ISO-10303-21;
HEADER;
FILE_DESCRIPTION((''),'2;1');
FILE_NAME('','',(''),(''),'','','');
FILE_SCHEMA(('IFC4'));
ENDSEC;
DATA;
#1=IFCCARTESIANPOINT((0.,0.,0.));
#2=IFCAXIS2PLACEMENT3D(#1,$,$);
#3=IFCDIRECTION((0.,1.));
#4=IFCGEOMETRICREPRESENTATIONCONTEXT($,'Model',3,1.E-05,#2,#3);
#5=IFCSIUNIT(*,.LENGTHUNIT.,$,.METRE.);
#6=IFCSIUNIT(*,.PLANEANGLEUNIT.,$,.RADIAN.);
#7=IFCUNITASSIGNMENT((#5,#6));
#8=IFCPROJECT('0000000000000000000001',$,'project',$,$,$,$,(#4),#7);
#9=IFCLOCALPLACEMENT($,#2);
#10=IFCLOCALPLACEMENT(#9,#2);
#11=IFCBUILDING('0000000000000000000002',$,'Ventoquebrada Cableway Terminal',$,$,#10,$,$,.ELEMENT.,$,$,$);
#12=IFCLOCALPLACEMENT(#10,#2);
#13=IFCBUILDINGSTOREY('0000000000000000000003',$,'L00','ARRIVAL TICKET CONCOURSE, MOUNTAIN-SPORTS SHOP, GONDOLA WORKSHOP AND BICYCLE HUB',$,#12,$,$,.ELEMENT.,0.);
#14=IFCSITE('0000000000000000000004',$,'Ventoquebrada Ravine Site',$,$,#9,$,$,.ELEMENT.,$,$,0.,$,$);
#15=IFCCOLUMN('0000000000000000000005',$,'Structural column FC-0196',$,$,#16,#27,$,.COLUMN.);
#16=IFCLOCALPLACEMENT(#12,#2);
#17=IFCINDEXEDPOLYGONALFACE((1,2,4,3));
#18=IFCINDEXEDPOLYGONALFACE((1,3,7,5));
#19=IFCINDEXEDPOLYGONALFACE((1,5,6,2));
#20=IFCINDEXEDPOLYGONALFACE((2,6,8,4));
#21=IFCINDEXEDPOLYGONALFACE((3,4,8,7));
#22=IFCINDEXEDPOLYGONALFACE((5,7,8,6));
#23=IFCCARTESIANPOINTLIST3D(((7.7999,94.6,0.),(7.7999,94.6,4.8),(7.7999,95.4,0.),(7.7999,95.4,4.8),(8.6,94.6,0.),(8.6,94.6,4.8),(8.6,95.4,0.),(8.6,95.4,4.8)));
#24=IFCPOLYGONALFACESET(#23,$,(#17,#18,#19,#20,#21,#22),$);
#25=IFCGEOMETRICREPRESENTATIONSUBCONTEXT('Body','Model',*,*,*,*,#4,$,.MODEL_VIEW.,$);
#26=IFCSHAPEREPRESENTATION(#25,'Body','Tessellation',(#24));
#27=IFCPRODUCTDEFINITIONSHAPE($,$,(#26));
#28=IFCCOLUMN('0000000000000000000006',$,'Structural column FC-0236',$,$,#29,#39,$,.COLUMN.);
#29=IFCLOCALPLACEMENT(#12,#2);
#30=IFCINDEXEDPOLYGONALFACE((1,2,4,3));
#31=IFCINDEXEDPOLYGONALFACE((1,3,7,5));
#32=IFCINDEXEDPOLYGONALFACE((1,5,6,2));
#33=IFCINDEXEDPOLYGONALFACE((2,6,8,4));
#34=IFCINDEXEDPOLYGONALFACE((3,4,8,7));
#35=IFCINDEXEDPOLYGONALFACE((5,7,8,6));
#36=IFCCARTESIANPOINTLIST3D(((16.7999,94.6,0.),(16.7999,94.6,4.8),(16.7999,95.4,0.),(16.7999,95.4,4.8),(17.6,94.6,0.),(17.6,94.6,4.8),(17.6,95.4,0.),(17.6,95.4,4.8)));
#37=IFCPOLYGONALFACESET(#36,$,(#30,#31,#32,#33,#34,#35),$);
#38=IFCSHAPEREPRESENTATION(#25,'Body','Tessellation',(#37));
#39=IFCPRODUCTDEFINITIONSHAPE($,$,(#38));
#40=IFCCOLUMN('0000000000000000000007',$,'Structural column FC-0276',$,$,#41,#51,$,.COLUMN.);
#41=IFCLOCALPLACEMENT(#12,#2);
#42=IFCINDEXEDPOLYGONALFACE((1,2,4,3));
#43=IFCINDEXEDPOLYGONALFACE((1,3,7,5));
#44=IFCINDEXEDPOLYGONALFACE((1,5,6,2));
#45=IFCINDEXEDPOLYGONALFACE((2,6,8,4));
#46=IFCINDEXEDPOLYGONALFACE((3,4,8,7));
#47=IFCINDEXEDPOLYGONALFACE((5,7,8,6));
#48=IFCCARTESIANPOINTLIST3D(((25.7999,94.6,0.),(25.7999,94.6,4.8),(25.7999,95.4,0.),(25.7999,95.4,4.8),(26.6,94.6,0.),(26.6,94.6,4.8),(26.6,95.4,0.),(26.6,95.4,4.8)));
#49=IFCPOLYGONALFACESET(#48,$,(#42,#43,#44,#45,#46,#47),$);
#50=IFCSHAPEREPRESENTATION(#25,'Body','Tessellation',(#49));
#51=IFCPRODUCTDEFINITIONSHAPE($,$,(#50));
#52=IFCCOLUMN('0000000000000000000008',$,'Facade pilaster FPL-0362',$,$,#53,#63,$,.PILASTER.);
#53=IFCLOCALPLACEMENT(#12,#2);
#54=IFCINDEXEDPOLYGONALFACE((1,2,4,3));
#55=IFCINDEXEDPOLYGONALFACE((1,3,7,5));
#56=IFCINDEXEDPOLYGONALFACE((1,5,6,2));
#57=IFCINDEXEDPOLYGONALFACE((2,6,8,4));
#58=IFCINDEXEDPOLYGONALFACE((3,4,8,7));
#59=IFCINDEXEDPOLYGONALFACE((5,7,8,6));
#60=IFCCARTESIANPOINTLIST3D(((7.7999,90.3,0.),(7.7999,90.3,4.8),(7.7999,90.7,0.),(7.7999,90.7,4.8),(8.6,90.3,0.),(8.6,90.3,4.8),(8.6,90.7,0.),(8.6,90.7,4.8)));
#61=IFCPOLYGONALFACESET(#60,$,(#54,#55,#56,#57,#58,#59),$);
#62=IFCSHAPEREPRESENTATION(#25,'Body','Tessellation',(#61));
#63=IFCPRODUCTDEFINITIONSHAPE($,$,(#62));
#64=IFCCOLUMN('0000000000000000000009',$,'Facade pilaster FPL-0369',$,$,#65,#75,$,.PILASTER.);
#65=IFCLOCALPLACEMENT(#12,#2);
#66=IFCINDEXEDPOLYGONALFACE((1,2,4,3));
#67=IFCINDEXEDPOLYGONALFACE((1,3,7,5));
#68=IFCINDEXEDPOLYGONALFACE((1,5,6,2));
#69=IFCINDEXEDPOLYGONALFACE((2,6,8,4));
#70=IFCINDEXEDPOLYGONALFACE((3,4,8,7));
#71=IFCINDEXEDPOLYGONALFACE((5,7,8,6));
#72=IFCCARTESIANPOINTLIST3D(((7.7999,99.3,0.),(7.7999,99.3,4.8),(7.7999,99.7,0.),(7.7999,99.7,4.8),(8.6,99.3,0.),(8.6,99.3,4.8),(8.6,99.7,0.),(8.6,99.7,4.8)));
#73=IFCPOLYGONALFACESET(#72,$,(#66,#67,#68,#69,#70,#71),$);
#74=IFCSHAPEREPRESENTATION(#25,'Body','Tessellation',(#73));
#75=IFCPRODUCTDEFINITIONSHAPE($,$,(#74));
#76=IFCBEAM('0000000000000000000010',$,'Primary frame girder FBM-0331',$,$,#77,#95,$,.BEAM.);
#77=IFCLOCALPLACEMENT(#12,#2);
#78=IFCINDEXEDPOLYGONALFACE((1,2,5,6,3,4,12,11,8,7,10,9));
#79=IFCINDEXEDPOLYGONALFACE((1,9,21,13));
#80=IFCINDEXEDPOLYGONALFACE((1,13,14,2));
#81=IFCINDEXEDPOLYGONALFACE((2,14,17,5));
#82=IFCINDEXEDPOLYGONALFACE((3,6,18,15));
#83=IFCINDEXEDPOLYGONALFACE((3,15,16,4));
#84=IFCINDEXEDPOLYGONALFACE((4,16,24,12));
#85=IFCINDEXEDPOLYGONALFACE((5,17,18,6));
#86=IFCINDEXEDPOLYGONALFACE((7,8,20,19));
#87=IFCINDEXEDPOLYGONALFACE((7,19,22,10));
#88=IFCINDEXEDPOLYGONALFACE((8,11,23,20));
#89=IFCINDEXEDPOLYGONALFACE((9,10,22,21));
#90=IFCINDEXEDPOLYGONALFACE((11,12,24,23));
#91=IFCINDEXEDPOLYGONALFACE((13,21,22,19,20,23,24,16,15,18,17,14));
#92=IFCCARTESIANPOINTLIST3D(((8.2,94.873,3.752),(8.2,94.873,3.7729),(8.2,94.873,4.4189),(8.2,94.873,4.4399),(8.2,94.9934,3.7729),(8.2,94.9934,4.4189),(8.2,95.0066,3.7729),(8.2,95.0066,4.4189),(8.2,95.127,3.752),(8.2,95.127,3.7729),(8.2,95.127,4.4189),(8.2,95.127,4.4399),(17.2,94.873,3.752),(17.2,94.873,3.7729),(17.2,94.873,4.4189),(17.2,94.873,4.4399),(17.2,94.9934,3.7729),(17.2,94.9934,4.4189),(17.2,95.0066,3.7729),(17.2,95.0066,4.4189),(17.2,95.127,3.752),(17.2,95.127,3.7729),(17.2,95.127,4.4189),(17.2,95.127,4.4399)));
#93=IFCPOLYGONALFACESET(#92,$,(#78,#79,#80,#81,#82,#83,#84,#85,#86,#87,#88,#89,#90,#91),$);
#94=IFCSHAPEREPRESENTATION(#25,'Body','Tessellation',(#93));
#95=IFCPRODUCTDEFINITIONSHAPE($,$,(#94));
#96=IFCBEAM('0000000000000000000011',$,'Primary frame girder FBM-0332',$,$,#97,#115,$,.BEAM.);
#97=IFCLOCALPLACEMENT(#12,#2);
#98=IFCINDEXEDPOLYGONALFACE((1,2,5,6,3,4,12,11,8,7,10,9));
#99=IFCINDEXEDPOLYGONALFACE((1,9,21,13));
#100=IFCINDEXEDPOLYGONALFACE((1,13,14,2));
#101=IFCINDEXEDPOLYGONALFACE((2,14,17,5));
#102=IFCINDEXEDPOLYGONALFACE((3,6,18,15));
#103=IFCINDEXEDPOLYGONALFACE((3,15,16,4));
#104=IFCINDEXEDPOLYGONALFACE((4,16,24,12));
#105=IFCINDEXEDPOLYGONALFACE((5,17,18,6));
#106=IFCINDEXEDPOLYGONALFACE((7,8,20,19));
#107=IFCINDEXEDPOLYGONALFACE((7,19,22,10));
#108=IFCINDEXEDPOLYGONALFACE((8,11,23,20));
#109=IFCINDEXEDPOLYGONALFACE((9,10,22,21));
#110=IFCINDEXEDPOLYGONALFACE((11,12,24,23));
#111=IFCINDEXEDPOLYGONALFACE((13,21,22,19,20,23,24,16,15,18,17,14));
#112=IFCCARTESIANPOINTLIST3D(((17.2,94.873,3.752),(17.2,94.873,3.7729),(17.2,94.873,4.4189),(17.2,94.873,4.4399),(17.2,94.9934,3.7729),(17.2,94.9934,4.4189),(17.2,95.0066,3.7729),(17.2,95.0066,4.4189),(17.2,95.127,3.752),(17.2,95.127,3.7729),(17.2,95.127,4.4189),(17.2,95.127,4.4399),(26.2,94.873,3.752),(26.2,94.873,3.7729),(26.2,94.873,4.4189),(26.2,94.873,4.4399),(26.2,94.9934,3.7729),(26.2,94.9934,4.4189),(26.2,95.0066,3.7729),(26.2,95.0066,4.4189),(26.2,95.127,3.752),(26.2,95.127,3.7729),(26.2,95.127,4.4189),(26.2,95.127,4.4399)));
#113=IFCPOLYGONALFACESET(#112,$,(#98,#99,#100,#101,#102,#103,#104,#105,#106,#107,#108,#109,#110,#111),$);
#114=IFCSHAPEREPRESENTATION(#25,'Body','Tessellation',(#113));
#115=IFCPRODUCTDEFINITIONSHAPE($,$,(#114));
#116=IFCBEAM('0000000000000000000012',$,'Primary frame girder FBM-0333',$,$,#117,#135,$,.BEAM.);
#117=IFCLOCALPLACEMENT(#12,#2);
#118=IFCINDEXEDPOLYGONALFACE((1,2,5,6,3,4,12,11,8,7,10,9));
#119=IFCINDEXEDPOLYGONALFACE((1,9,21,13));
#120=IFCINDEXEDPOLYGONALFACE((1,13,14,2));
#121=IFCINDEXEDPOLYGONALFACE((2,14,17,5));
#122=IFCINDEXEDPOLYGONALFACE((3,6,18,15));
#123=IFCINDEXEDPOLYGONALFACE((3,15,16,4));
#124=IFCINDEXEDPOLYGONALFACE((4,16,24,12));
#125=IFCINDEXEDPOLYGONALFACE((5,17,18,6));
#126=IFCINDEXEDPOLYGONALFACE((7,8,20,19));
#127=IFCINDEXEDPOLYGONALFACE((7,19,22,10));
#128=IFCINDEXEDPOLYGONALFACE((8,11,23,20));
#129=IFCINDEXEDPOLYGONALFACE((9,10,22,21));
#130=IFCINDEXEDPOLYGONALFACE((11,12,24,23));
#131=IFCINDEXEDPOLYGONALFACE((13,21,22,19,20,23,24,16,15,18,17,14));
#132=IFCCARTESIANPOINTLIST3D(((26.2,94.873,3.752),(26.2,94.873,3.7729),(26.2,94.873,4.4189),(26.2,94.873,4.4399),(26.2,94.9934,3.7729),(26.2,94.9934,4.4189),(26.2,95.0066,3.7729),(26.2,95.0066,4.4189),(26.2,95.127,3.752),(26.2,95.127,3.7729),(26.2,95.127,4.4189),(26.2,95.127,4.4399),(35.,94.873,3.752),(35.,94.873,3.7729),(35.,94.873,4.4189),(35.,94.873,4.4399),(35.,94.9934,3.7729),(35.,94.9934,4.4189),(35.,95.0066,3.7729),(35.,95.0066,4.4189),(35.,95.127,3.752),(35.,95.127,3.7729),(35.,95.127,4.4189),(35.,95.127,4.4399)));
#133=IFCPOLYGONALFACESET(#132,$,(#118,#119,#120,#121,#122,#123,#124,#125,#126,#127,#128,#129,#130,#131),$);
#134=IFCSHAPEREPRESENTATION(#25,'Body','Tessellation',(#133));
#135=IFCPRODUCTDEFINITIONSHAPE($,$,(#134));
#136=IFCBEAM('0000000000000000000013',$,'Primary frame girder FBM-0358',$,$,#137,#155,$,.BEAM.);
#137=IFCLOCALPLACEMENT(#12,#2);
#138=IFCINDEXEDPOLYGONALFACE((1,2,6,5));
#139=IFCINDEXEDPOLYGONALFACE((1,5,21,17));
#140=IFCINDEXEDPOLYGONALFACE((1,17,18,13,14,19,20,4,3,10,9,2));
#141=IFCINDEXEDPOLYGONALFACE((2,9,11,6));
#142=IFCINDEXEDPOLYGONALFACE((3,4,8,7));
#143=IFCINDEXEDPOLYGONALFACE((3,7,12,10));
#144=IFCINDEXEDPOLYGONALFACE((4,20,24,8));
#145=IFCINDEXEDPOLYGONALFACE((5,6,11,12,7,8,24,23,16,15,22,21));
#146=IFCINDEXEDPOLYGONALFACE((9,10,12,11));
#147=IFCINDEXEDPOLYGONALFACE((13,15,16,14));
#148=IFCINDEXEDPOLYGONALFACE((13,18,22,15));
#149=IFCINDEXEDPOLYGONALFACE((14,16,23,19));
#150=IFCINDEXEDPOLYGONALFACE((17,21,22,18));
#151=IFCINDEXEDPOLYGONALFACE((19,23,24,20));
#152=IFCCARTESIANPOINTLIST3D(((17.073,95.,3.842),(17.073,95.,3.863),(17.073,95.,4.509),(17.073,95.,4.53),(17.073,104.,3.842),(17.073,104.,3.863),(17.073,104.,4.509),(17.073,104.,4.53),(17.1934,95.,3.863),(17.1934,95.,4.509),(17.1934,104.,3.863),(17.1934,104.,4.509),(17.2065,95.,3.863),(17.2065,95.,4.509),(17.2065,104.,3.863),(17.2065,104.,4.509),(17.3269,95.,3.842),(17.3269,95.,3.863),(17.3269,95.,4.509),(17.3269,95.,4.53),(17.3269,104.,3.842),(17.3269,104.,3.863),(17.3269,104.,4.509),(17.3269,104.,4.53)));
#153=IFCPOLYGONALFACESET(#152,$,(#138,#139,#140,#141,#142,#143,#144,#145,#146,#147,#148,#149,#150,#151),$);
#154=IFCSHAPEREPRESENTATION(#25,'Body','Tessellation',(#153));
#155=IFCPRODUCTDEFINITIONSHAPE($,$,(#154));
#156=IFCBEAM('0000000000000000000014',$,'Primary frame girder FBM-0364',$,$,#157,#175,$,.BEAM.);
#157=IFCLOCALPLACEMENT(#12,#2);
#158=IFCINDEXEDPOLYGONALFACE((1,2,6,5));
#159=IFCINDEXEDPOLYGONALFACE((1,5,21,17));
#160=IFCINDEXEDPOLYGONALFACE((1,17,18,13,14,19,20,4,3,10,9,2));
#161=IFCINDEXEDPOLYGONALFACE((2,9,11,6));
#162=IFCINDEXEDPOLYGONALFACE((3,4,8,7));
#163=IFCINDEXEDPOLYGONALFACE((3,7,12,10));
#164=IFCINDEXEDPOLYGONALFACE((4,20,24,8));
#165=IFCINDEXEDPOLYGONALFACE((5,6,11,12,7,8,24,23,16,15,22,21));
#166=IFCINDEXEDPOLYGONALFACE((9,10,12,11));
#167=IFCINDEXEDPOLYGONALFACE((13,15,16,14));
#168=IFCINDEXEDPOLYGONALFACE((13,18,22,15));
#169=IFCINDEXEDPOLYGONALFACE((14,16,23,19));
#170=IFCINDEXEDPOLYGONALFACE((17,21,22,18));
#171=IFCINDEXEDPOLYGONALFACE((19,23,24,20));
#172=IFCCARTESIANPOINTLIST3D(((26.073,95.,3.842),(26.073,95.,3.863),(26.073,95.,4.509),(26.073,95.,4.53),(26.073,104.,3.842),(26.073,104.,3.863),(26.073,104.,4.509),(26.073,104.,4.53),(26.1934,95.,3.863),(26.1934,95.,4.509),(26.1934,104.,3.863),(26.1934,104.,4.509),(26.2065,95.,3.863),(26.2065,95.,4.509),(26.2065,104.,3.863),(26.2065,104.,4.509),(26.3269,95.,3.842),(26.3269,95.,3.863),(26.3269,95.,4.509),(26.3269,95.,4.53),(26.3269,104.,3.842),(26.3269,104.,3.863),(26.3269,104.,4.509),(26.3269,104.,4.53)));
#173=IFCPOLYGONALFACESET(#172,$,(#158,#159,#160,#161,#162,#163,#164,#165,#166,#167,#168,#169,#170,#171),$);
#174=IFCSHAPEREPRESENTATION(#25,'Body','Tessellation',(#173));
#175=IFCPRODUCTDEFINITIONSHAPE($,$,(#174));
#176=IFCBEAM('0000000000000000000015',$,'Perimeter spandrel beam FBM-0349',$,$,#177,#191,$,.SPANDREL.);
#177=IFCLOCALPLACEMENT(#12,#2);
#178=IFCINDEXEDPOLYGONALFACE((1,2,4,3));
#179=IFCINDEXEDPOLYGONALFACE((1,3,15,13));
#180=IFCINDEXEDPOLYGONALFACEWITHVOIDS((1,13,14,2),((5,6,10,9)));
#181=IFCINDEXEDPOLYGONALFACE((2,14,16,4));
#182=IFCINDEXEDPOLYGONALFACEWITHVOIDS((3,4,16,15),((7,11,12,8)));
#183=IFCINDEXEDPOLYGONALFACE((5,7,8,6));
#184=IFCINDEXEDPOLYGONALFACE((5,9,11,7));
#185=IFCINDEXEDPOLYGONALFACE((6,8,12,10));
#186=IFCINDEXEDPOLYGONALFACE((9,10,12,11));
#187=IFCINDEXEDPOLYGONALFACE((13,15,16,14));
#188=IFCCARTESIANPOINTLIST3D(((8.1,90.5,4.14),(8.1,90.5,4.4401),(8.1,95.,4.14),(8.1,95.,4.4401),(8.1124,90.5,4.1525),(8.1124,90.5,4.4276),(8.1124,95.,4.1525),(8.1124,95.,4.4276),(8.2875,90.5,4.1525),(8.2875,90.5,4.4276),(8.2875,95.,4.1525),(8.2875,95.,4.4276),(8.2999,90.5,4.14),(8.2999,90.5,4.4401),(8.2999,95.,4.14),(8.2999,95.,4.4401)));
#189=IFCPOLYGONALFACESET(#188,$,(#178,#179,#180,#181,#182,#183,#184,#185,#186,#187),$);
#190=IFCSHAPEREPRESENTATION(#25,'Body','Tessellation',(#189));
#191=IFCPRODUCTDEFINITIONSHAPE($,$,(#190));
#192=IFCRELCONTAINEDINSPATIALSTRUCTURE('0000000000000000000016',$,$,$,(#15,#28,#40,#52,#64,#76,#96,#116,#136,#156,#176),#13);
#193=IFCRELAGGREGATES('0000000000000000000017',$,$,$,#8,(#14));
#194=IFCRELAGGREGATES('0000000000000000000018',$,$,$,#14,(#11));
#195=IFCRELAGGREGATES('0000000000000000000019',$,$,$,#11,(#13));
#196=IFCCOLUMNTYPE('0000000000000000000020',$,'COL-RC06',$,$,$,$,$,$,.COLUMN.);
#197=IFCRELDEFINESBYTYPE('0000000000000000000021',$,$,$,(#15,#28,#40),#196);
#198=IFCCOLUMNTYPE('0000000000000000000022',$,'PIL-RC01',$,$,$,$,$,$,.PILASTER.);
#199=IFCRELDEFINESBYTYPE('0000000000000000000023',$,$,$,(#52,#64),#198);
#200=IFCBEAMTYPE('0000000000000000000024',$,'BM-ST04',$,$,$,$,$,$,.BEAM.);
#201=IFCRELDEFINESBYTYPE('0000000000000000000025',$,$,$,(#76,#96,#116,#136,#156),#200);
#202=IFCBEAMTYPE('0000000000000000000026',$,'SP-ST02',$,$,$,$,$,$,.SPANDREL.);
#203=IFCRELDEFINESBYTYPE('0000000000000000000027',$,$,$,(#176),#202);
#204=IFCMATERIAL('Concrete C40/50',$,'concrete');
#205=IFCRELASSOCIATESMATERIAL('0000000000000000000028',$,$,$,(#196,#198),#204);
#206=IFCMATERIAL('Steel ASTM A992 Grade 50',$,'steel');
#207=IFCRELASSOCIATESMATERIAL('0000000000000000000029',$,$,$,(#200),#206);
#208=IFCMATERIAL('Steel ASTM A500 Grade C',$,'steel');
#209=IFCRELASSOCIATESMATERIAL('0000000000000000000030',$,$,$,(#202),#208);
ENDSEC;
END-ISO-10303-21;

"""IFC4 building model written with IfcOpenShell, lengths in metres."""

from ifc_helpers import new_model, si_unit, direction, frame, origin, origin_2d, place, context, subcontext, project, spatial, rectangle, hollow_rectangle, i_section, extrude, material, material_profile, profile_set, type_object, element, save


model = new_model("IFC4")

# Units and contexts
model_context = context("Model", 3, precision=1e-05, world=origin(), true_north=direction((0.0, 1.0)))
body_context = subcontext(model_context, "Body", "Model", "MODEL_VIEW")
ifc_project = project(units=[si_unit("LENGTHUNIT", "METRE"), si_unit("PLANEANGLEUNIT", "RADIAN")], contexts=[model_context])

# Site, building, storey
site_placement = place(None, origin())
site = spatial("IfcSite", under=ifc_project, at=site_placement, Name="Ventoquebrada Ravine Site", CompositionType="ELEMENT", RefElevation=0.0)
building_placement = place(site_placement, origin())
building = spatial("IfcBuilding", under=site, at=building_placement, Name="Ventoquebrada Cableway Terminal", CompositionType="ELEMENT")
storey_placement = place(building_placement, origin())
storey = spatial("IfcBuildingStorey", under=building, at=storey_placement, Name="L00", Description="ARRIVAL TICKET CONCOURSE, MOUNTAIN-SPORTS SHOP, GONDOLA WORKSHOP AND BICYCLE HUB", CompositionType="ELEMENT", Elevation=0.0)

# Columns
ifc_material_1 = material(Name="Concrete C40/50", Category="concrete")
ifc_material_profile_1 = material_profile(ifc_material_1, rectangle(XDim=0.8, YDim=0.8, at=origin_2d()), Name="RC-COL-800X800")
ifc_profile_set_1 = profile_set([ifc_material_profile_1], Name="Concrete C40/50")
column_type_1 = type_object("IfcColumnType", Name="COL-RC06", PredefinedType="COLUMN", material=ifc_profile_set_1)
for number, where, z_axis, x_axis, name in (
    (1, (8.2, 95.0, 0.0), (0.0, 0.0, 1.0), (1.0, 0.0, 0.0), "Structural column FC-0196"),
    (2, (17.2, 95.0, 0.0), (0.0, 0.0, 1.0), (1.0, 0.0, 0.0), "Structural column FC-0236"),
    (3, (26.2, 95.0, 0.0), (0.0, 0.0, 1.0), (1.0, 0.0, 0.0), "Structural column FC-0276"),
):
    element("IfcColumn", number, at=place(storey_placement, frame(where, z_axis=z_axis, x_axis=x_axis)), inside=storey, type_object=column_type_1, Name=name, PredefinedType="COLUMN", context=body_context, shape_type="SweptSolid", body=[
        extrude(rectangle(XDim=0.8, YDim=0.8, at=origin_2d()), origin(), (0.0, 0.0, 1.0), 4.8),
    ])
ifc_material_profile_2 = material_profile(ifc_material_1, rectangle(XDim=0.3999, YDim=0.8, at=origin_2d()), Name="RC-PIL-400X800")
ifc_profile_set_2 = profile_set([ifc_material_profile_2], Name="Concrete C40/50")
column_type_2 = type_object("IfcColumnType", Name="PIL-RC01", PredefinedType="PILASTER", material=ifc_profile_set_2)
for number, where, z_axis, x_axis, name in (
    (4, (8.2, 90.5, 0.0), (0.0, 0.0, 1.0), (0.0, 1.0, 0.0), "Facade pilaster FPL-0362"),
    (5, (8.2, 99.5, 0.0), (0.0, 0.0, 1.0), (0.0, 1.0, 0.0), "Facade pilaster FPL-0369"),
):
    element("IfcColumn", number, at=place(storey_placement, frame(where, z_axis=z_axis, x_axis=x_axis)), inside=storey, type_object=column_type_2, Name=name, PredefinedType="PILASTER", context=body_context, shape_type="SweptSolid", body=[
        extrude(rectangle(XDim=0.3999, YDim=0.8, at=origin_2d()), origin(), (0.0, 0.0, 1.0), 4.8),
    ])

# Beams
ifc_material_2 = material(Name="Steel ASTM A992 Grade 50", Category="steel")
ifc_material_profile_3 = material_profile(ifc_material_2, i_section(OverallWidth=0.2539, OverallDepth=0.688, WebThickness=0.0132, FlangeThickness=0.021, at=origin_2d()), Name="W27X102")
ifc_profile_set_3 = profile_set([ifc_material_profile_3], Name="Steel ASTM A992 Grade 50")
beam_type_1 = type_object("IfcBeamType", Name="BM-ST04", PredefinedType="BEAM", material=ifc_profile_set_3)
for number, where, z_axis, x_axis, name in (
    (6, (8.2, 95.0, 4.0959), (1.0, 0.0, 0.0), (0.0, 1.0, 0.0), "Primary frame girder FBM-0331"),
    (7, (17.2, 95.0, 4.0959), (1.0, 0.0, 0.0), (0.0, 1.0, 0.0), "Primary frame girder FBM-0332"),
):
    element("IfcBeam", number, at=place(storey_placement, frame(where, z_axis=z_axis, x_axis=x_axis)), inside=storey, type_object=beam_type_1, Name=name, PredefinedType="BEAM", context=body_context, shape_type="SweptSolid", body=[
        extrude(i_section(OverallWidth=0.2539, OverallDepth=0.688, WebThickness=0.0132, FlangeThickness=0.021, at=origin_2d()), origin(), (0.0, 0.0, 1.0), 9.0),
    ])
beam_placement = place(storey_placement, frame((26.2, 95.0, 4.0959), z_axis=(1.0, 0.0, 0.0), x_axis=(0.0, 1.0, 0.0)))
element("IfcBeam", 8, at=beam_placement, inside=storey, type_object=beam_type_1, Name="Primary frame girder FBM-0333", PredefinedType="BEAM", context=body_context, shape_type="SweptSolid", body=[
    extrude(i_section(OverallWidth=0.2539, OverallDepth=0.688, WebThickness=0.0132, FlangeThickness=0.021, at=origin_2d()), origin(), (0.0, 0.0, 1.0), 8.8),
])
for number, where, z_axis, x_axis, name in (
    (9, (17.2, 95.0, 4.186), (0.0, 1.0, 0.0), (-1.0, 0.0, 0.0), "Primary frame girder FBM-0358"),
    (10, (26.2, 95.0, 4.186), (0.0, 1.0, 0.0), (-1.0, 0.0, 0.0), "Primary frame girder FBM-0364"),
):
    element("IfcBeam", number, at=place(storey_placement, frame(where, z_axis=z_axis, x_axis=x_axis)), inside=storey, type_object=beam_type_1, Name=name, PredefinedType="BEAM", context=body_context, shape_type="SweptSolid", body=[
        extrude(i_section(OverallWidth=0.2539, OverallDepth=0.688, WebThickness=0.0132, FlangeThickness=0.021, at=origin_2d()), origin(), (0.0, 0.0, 1.0), 9.0),
    ])
ifc_material_3 = material(Name="Steel ASTM A500 Grade C", Category="steel")
ifc_material_profile_4 = material_profile(ifc_material_3, hollow_rectangle(XDim=0.2, YDim=0.3, WallThickness=0.0125, at=origin_2d()), Name="RHS300X200X12.5")
ifc_profile_set_4 = profile_set([ifc_material_profile_4], Name="Steel ASTM A500 Grade C")
beam_type_2 = type_object("IfcBeamType", Name="SP-ST02", PredefinedType="SPANDREL", material=ifc_profile_set_4)
for number, where, z_axis, x_axis, name in (
    (11, (8.2, 90.5, 4.29), (0.0, 1.0, 0.0), (-1.0, 0.0, 0.0), "Perimeter spandrel beam FBM-0349"),
):
    element("IfcBeam", number, at=place(storey_placement, frame(where, z_axis=z_axis, x_axis=x_axis)), inside=storey, type_object=beam_type_2, Name=name, PredefinedType="SPANDREL", context=body_context, shape_type="SweptSolid", body=[
        extrude(hollow_rectangle(XDim=0.2, YDim=0.3, WallThickness=0.0125, at=origin_2d()), origin(), (0.0, 0.0, 1.0), 4.5),
    ])

save(model, "model.ifc")
